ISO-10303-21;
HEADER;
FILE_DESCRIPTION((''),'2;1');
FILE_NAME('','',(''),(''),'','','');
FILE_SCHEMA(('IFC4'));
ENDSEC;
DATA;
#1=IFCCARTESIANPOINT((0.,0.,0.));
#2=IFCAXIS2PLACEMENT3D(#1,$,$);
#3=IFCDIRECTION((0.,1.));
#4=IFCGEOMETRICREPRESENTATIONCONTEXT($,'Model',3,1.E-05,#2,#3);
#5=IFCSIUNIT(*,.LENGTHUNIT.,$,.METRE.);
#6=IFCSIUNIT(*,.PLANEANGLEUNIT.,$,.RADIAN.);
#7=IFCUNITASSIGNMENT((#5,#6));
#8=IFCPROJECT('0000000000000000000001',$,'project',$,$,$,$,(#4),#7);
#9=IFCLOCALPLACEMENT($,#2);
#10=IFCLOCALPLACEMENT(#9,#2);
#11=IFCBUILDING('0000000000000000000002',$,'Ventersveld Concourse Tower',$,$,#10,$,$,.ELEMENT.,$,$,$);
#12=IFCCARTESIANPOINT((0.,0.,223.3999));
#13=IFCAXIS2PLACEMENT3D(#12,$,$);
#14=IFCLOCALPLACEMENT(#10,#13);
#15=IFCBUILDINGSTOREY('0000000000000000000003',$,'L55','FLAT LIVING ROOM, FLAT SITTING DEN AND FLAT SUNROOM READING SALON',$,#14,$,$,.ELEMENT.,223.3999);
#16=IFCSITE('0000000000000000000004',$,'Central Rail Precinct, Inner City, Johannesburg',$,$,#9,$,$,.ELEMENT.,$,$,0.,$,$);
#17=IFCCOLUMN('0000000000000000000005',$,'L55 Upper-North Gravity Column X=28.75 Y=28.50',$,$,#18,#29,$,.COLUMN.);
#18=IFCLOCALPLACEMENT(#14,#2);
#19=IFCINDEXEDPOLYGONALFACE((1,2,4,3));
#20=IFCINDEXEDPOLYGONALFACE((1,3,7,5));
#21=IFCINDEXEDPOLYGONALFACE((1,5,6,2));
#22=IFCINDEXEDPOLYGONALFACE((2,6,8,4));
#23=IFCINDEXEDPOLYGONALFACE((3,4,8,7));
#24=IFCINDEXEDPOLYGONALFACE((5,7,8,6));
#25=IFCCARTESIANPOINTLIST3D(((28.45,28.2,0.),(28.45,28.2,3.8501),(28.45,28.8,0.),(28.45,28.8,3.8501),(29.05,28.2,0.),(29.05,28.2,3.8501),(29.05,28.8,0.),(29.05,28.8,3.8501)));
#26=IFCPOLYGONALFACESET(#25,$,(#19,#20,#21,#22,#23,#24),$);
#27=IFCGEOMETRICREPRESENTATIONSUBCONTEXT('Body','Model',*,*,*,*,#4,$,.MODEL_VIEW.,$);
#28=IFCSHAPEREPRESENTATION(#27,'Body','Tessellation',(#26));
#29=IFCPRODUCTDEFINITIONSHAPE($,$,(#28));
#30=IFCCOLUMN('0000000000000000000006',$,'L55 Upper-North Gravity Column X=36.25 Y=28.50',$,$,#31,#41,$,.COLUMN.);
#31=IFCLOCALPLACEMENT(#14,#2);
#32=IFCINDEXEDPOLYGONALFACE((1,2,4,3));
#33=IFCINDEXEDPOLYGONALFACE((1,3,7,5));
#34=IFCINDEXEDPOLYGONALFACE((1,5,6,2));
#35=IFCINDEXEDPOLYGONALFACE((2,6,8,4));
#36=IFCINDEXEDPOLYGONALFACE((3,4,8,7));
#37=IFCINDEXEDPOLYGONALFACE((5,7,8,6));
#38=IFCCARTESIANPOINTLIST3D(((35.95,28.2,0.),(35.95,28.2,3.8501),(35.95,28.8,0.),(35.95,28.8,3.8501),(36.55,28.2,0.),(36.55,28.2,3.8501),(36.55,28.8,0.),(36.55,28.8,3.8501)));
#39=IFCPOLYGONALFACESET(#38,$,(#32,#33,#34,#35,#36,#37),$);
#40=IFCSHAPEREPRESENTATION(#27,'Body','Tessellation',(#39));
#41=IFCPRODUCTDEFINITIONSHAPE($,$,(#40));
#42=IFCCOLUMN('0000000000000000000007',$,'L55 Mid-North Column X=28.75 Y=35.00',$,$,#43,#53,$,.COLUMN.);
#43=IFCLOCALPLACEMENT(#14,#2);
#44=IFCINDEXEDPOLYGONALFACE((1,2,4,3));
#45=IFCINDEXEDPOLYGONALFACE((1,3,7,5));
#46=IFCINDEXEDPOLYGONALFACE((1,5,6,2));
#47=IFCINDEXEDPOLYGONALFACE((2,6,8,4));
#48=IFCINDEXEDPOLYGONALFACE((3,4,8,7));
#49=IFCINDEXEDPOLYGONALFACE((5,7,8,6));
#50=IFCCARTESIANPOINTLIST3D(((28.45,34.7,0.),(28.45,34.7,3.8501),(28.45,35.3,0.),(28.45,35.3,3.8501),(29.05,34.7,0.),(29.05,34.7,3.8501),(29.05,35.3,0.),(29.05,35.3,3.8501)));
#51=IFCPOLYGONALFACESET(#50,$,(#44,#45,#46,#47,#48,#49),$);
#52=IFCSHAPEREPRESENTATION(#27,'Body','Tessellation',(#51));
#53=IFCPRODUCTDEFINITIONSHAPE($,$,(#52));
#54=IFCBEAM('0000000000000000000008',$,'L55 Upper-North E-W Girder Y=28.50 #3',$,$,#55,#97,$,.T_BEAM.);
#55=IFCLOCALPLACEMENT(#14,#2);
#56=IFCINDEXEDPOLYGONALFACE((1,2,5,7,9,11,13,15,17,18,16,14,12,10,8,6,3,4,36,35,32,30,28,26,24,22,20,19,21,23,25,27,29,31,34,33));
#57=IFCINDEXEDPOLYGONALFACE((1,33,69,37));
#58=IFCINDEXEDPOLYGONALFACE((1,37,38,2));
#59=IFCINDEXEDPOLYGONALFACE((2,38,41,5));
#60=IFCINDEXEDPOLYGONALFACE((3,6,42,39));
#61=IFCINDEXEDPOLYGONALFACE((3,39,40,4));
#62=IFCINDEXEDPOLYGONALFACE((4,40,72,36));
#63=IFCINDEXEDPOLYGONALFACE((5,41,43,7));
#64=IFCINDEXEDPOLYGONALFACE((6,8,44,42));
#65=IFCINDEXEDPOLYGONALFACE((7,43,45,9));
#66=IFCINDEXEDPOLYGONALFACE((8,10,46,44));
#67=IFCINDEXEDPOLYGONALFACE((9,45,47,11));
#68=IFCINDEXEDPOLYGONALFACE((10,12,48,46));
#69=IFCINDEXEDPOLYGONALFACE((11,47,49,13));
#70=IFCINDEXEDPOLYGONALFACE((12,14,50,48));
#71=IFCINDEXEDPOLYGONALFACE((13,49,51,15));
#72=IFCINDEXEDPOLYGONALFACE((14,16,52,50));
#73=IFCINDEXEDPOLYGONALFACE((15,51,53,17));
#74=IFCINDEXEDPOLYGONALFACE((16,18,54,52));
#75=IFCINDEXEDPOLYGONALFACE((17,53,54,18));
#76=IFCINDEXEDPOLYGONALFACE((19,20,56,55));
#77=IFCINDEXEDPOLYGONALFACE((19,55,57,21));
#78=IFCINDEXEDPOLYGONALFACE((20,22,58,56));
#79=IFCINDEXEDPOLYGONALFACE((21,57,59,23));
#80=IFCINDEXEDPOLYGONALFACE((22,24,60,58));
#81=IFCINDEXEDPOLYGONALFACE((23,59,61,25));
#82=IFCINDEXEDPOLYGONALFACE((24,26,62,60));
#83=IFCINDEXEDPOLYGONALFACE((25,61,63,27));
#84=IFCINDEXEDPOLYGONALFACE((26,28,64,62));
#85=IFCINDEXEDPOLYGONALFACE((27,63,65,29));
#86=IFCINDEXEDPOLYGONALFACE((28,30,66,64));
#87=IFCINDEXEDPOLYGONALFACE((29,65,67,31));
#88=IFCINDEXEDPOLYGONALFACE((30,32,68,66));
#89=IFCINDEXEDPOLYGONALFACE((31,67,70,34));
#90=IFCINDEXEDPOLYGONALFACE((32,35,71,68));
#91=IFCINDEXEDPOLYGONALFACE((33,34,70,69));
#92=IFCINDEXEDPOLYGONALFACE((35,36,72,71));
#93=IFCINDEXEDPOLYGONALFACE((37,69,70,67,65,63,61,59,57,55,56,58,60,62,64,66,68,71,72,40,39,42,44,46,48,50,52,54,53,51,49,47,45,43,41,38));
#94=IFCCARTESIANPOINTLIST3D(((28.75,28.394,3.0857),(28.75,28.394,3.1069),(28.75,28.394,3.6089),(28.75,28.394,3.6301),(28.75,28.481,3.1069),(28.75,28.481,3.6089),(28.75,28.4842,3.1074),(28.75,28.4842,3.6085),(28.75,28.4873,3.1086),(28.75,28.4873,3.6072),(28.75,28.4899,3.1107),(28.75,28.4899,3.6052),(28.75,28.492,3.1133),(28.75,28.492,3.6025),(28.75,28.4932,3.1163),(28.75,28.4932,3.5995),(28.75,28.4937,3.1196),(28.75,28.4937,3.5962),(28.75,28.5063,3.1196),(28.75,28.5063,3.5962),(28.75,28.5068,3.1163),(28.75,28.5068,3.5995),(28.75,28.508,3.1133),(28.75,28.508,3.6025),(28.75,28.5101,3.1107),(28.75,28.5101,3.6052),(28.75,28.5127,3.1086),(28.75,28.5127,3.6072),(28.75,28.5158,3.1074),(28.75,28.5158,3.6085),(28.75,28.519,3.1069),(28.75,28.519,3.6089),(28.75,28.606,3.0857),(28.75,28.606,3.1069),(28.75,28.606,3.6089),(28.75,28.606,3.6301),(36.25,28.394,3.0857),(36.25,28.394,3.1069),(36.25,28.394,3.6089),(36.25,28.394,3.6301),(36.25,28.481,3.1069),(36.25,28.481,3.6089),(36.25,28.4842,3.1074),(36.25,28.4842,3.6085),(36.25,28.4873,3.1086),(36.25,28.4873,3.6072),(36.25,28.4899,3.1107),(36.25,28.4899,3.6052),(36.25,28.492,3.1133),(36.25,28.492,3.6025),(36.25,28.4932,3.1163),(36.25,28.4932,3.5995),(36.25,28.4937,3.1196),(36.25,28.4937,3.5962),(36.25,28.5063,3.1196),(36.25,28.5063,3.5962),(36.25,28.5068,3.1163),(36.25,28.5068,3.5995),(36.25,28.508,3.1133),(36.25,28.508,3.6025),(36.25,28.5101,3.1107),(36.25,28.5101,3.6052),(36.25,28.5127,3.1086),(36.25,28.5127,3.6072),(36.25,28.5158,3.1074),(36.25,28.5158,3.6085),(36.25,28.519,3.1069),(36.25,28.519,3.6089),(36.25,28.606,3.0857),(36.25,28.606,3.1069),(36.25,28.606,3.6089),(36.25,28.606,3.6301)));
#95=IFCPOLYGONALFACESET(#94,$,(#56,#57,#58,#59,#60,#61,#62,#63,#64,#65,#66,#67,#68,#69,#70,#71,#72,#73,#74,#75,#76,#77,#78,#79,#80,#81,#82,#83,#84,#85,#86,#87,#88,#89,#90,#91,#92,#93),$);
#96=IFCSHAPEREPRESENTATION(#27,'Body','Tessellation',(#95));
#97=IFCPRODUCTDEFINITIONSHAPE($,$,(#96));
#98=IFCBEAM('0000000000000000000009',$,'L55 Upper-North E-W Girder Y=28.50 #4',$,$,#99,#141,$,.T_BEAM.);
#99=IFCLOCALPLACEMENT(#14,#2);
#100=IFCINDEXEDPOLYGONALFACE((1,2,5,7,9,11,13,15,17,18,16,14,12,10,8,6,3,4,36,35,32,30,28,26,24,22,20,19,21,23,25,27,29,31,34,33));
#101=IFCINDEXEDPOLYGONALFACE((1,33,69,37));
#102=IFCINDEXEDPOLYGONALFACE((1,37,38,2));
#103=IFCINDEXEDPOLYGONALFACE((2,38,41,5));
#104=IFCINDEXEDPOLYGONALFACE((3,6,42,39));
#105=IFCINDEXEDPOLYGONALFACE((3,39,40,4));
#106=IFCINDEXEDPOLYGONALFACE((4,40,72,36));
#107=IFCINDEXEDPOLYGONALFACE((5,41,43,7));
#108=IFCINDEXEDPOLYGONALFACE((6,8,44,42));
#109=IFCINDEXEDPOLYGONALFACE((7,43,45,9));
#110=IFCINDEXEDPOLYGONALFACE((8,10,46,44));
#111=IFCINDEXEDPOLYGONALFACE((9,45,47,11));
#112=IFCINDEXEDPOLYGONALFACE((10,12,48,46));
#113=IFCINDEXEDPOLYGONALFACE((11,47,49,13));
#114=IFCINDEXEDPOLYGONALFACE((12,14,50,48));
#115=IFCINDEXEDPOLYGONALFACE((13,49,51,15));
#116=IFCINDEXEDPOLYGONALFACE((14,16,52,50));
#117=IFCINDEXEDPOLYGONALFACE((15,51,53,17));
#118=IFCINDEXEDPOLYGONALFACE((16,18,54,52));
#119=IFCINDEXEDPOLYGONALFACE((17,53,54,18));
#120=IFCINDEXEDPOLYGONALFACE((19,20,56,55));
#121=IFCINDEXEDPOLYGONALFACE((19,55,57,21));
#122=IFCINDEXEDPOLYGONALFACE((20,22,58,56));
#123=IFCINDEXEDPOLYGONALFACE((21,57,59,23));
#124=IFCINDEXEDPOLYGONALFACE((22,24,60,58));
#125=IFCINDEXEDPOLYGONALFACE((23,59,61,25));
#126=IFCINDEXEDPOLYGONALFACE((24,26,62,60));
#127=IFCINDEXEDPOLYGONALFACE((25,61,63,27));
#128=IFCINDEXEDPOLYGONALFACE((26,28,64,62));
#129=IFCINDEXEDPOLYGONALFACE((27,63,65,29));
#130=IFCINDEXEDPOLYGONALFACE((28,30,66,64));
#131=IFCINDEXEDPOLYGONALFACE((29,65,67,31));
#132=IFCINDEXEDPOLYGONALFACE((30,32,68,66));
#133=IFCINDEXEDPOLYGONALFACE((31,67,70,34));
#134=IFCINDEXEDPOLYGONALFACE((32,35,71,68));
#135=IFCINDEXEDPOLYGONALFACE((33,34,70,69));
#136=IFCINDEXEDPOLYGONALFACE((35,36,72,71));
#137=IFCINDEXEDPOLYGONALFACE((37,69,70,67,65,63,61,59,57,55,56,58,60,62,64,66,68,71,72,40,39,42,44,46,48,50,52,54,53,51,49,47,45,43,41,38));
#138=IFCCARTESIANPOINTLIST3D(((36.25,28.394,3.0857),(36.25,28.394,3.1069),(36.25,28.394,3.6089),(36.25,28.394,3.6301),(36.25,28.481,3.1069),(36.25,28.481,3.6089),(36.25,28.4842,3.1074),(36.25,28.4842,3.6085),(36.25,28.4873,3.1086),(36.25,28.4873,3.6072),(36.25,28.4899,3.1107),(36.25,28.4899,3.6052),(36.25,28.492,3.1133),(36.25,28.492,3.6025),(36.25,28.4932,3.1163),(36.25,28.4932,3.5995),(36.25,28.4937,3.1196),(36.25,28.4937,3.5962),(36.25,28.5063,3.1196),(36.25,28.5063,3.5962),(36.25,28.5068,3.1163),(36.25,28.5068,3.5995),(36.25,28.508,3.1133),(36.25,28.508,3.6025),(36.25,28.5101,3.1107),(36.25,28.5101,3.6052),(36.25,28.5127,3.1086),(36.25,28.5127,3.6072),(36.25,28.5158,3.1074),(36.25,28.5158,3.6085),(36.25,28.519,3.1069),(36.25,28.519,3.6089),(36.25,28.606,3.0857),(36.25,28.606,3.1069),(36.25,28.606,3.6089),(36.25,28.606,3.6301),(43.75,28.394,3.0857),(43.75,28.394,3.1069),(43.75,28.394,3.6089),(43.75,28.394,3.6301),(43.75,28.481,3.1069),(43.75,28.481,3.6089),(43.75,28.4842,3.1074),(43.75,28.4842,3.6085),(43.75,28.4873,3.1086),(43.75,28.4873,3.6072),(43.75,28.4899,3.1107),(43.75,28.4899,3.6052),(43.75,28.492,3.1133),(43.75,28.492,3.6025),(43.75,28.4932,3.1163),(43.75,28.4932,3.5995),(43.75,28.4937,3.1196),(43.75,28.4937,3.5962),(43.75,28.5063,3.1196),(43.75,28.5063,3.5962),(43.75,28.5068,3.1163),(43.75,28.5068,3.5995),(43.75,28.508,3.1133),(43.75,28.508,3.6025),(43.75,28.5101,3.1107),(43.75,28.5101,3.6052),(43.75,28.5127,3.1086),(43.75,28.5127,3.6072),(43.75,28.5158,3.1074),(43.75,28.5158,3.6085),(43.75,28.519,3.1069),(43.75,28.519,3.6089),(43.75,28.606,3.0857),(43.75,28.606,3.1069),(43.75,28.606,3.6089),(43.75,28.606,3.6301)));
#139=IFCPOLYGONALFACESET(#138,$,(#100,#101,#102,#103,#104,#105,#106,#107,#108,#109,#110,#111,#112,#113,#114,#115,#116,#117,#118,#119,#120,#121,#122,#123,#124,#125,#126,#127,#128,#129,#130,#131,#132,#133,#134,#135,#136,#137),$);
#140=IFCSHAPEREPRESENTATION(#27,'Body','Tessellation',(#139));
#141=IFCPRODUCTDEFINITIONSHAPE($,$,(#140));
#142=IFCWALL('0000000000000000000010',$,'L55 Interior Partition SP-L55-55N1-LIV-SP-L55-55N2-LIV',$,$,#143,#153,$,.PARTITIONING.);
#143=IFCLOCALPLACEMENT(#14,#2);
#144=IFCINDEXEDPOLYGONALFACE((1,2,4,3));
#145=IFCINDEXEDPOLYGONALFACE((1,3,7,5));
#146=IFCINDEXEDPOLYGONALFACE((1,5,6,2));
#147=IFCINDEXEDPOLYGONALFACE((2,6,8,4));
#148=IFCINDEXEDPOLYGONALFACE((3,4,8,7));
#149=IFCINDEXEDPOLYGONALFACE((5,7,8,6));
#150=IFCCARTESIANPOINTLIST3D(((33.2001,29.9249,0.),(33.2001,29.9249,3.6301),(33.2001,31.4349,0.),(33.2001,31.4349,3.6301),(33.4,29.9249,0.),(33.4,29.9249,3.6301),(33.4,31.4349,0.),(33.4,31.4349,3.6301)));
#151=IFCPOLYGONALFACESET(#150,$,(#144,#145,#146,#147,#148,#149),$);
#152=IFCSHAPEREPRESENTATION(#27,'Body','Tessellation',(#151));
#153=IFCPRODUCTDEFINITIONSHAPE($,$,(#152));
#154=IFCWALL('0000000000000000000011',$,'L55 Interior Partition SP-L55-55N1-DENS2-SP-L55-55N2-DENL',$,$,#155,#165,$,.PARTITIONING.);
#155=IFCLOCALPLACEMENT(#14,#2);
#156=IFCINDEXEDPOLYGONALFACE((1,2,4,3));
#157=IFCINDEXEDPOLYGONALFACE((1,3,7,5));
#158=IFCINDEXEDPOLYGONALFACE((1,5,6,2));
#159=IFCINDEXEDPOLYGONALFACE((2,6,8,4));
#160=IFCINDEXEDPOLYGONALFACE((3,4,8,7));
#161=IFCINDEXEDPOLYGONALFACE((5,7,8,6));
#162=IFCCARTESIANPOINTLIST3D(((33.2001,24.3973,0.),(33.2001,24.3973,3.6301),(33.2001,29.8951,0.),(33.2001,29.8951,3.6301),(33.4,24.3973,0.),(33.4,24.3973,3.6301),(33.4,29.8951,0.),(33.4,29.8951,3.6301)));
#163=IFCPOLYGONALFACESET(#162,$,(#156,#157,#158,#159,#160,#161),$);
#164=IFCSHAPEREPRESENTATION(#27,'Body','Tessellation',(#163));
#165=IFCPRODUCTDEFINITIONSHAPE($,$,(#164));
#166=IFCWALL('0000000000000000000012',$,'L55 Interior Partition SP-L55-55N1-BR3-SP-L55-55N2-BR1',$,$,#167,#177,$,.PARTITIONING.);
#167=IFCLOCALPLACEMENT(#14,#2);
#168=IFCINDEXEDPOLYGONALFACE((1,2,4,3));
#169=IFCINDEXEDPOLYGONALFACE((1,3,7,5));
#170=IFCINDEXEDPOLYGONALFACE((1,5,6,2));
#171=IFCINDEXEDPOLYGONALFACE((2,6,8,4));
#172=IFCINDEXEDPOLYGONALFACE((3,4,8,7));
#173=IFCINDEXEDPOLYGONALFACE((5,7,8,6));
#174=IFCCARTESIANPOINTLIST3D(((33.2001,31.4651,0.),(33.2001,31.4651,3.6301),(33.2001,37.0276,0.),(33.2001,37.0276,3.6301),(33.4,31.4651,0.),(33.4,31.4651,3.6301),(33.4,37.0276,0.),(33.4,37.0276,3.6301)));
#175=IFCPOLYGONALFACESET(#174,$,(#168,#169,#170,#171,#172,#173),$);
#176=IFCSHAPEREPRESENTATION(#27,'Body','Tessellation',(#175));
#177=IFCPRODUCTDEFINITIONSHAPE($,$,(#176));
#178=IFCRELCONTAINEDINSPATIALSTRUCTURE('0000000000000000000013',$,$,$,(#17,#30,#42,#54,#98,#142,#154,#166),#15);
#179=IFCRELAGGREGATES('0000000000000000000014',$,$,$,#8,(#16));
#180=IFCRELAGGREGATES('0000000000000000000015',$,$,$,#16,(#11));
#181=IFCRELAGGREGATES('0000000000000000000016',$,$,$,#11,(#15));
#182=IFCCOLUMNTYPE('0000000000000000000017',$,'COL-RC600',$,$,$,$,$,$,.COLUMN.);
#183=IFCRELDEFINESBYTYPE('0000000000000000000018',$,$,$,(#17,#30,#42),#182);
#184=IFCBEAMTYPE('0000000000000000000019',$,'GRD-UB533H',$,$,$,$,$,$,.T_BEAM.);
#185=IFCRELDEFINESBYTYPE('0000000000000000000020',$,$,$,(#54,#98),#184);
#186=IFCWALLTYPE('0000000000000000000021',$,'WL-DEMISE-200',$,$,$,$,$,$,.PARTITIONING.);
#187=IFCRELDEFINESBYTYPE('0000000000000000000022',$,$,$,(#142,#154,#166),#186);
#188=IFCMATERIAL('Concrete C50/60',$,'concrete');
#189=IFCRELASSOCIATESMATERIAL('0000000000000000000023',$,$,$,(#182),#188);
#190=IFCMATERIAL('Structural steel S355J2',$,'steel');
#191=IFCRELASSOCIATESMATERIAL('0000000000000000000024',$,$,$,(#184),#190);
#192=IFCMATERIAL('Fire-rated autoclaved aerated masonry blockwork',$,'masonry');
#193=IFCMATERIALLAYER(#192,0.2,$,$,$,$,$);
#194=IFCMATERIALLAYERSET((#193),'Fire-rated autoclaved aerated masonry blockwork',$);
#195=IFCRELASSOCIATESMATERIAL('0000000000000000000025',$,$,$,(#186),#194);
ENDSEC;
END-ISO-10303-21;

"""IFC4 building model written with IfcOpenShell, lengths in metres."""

from ifc_helpers import new_model, si_unit, direction, frame, frame_2d, origin, origin_2d, place, context, subcontext, project, spatial, rectangle, i_section, extrude, material, layer, layer_set, material_profile, profile_set, type_object, element, save


model = new_model("IFC4")

# Units and contexts
model_context = context("Model", 3, precision=1e-05, world=origin(), true_north=direction((0.0, 1.0)))
body_context = subcontext(model_context, "Body", "Model", "MODEL_VIEW")
ifc_project = project(units=[si_unit("LENGTHUNIT", "METRE"), si_unit("PLANEANGLEUNIT", "RADIAN")], contexts=[model_context])

# Site, building, storey
site_placement = place(None, origin())
site = spatial("IfcSite", under=ifc_project, at=site_placement, Name="Central Rail Precinct, Inner City, Johannesburg", CompositionType="ELEMENT", RefElevation=0.0)
building_placement = place(site_placement, origin())
building = spatial("IfcBuilding", under=site, at=building_placement, Name="Ventersveld Concourse Tower", CompositionType="ELEMENT")
storey_placement = place(building_placement, frame((0.0, 0.0, 223.3999)))
storey = spatial("IfcBuildingStorey", under=building, at=storey_placement, Name="L55", Description="FLAT LIVING ROOM, FLAT SITTING DEN AND FLAT SUNROOM READING SALON", CompositionType="ELEMENT", Elevation=223.3999)

# Columns
ifc_material_1 = material(Name="Concrete C50/60", Category="concrete")
ifc_material_profile_1 = material_profile(ifc_material_1, rectangle(XDim=0.6001, YDim=0.6001, at=origin_2d()), Name="RC 600x600")
ifc_profile_set_1 = profile_set([ifc_material_profile_1], Name="Concrete C50/60")
column_type = type_object("IfcColumnType", Name="COL-RC600", PredefinedType="COLUMN", material=ifc_profile_set_1)
for number, where, z_axis, x_axis, name in (
    (1, (28.75, 28.5, 0.0), (0.0, 0.0, 1.0), (1.0, 0.0, 0.0), "L55 Upper-North Gravity Column X=28.75 Y=28.50"),
    (2, (36.25, 28.5, 0.0), (0.0, 0.0, 1.0), (1.0, 0.0, 0.0), "L55 Upper-North Gravity Column X=36.25 Y=28.50"),
    (3, (28.75, 35.0, 0.0), (0.0, 0.0, 1.0), (1.0, 0.0, 0.0), "L55 Mid-North Column X=28.75 Y=35.00"),
):
    element("IfcColumn", number, at=place(storey_placement, frame(where, z_axis=z_axis, x_axis=x_axis)), inside=storey, type_object=column_type, Name=name, PredefinedType="COLUMN", context=body_context, shape_type="SweptSolid", body=[
        extrude(rectangle(XDim=0.6001, YDim=0.6001, at=origin_2d()), origin(), (0.0, 0.0, 1.0), 3.8501),
    ])

# Beams
ifc_material_2 = material(Name="Structural steel S355J2", Category="steel")
ifc_material_profile_2 = material_profile(ifc_material_2, i_section(OverallWidth=0.2119, OverallDepth=0.5444, WebThickness=0.0127, FlangeThickness=0.0212, FilletRadius=0.0127, at=origin_2d()), Name="UB 533x210x122")
ifc_profile_set_2 = profile_set([ifc_material_profile_2], Name="Structural steel S355J2")
beam_type = type_object("IfcBeamType", Name="GRD-UB533H", PredefinedType="T_BEAM", material=ifc_profile_set_2)
for number, where, z_axis, x_axis, name in (
    (4, (28.75, 28.5, 3.3579), (1.0, 0.0, 0.0), (0.0, 1.0, 0.0), "L55 Upper-North E-W Girder Y=28.50 #3"),
    (5, (36.25, 28.5, 3.3579), (1.0, 0.0, 0.0), (0.0, 1.0, 0.0), "L55 Upper-North E-W Girder Y=28.50 #4"),
):
    element("IfcBeam", number, at=place(storey_placement, frame(where, z_axis=z_axis, x_axis=x_axis)), inside=storey, type_object=beam_type, Name=name, PredefinedType="T_BEAM", context=body_context, shape_type="SweptSolid", body=[
        extrude(i_section(OverallWidth=0.2119, OverallDepth=0.5444, WebThickness=0.0127, FlangeThickness=0.0212, FilletRadius=0.0127, at=origin_2d()), origin(), (0.0, 0.0, 1.0), 7.5),
    ])

# Walls
ifc_material_3 = material(Name="Fire-rated autoclaved aerated masonry blockwork", Category="masonry")
ifc_layer_1 = layer(ifc_material_3, 0.2)
ifc_layer_set_1 = layer_set([ifc_layer_1], Name="Fire-rated autoclaved aerated masonry blockwork")
wall_type_1 = type_object("IfcWallType", Name="WL-DEMISE-200", PredefinedType="PARTITIONING", material=ifc_layer_set_1)
wall_1_placement = place(storey_placement, frame((33.3, 29.925, 0.0), z_axis=(0.0, 0.0, 1.0), x_axis=(0.0, 1.0, 0.0)))
element("IfcWall", 6, at=wall_1_placement, inside=storey, type_object=wall_type_1, Name="L55 Interior Partition SP-L55-55N1-LIV-SP-L55-55N2-LIV", PredefinedType="PARTITIONING", context=body_context, shape_type="SweptSolid", body=[
    extrude(rectangle(XDim=1.51, YDim=0.2, at=frame_2d((0.7549, 0.0))), origin(), (0.0, 0.0, 1.0), 3.6301),
])
wall_2_placement = place(storey_placement, frame((33.3, 24.3972, 0.0), z_axis=(0.0, 0.0, 1.0), x_axis=(0.0, 1.0, 0.0)))
element("IfcWall", 7, at=wall_2_placement, inside=storey, type_object=wall_type_1, Name="L55 Interior Partition SP-L55-55N1-DENS2-SP-L55-55N2-DENL", PredefinedType="PARTITIONING", context=body_context, shape_type="SweptSolid", body=[
    extrude(rectangle(XDim=5.4978, YDim=0.2, at=frame_2d((2.749, 0.0))), origin(), (0.0, 0.0, 1.0), 3.6301),
])
wall_3_placement = place(storey_placement, frame((33.3, 31.4651, 0.0), z_axis=(0.0, 0.0, 1.0), x_axis=(0.0, 1.0, 0.0)))
element("IfcWall", 8, at=wall_3_placement, inside=storey, type_object=wall_type_1, Name="L55 Interior Partition SP-L55-55N1-BR3-SP-L55-55N2-BR1", PredefinedType="PARTITIONING", context=body_context, shape_type="SweptSolid", body=[
    extrude(rectangle(XDim=5.5625, YDim=0.2, at=frame_2d((2.7812, 0.0))), origin(), (0.0, 0.0, 1.0), 3.6301),
])

save(model, "model.ifc")
